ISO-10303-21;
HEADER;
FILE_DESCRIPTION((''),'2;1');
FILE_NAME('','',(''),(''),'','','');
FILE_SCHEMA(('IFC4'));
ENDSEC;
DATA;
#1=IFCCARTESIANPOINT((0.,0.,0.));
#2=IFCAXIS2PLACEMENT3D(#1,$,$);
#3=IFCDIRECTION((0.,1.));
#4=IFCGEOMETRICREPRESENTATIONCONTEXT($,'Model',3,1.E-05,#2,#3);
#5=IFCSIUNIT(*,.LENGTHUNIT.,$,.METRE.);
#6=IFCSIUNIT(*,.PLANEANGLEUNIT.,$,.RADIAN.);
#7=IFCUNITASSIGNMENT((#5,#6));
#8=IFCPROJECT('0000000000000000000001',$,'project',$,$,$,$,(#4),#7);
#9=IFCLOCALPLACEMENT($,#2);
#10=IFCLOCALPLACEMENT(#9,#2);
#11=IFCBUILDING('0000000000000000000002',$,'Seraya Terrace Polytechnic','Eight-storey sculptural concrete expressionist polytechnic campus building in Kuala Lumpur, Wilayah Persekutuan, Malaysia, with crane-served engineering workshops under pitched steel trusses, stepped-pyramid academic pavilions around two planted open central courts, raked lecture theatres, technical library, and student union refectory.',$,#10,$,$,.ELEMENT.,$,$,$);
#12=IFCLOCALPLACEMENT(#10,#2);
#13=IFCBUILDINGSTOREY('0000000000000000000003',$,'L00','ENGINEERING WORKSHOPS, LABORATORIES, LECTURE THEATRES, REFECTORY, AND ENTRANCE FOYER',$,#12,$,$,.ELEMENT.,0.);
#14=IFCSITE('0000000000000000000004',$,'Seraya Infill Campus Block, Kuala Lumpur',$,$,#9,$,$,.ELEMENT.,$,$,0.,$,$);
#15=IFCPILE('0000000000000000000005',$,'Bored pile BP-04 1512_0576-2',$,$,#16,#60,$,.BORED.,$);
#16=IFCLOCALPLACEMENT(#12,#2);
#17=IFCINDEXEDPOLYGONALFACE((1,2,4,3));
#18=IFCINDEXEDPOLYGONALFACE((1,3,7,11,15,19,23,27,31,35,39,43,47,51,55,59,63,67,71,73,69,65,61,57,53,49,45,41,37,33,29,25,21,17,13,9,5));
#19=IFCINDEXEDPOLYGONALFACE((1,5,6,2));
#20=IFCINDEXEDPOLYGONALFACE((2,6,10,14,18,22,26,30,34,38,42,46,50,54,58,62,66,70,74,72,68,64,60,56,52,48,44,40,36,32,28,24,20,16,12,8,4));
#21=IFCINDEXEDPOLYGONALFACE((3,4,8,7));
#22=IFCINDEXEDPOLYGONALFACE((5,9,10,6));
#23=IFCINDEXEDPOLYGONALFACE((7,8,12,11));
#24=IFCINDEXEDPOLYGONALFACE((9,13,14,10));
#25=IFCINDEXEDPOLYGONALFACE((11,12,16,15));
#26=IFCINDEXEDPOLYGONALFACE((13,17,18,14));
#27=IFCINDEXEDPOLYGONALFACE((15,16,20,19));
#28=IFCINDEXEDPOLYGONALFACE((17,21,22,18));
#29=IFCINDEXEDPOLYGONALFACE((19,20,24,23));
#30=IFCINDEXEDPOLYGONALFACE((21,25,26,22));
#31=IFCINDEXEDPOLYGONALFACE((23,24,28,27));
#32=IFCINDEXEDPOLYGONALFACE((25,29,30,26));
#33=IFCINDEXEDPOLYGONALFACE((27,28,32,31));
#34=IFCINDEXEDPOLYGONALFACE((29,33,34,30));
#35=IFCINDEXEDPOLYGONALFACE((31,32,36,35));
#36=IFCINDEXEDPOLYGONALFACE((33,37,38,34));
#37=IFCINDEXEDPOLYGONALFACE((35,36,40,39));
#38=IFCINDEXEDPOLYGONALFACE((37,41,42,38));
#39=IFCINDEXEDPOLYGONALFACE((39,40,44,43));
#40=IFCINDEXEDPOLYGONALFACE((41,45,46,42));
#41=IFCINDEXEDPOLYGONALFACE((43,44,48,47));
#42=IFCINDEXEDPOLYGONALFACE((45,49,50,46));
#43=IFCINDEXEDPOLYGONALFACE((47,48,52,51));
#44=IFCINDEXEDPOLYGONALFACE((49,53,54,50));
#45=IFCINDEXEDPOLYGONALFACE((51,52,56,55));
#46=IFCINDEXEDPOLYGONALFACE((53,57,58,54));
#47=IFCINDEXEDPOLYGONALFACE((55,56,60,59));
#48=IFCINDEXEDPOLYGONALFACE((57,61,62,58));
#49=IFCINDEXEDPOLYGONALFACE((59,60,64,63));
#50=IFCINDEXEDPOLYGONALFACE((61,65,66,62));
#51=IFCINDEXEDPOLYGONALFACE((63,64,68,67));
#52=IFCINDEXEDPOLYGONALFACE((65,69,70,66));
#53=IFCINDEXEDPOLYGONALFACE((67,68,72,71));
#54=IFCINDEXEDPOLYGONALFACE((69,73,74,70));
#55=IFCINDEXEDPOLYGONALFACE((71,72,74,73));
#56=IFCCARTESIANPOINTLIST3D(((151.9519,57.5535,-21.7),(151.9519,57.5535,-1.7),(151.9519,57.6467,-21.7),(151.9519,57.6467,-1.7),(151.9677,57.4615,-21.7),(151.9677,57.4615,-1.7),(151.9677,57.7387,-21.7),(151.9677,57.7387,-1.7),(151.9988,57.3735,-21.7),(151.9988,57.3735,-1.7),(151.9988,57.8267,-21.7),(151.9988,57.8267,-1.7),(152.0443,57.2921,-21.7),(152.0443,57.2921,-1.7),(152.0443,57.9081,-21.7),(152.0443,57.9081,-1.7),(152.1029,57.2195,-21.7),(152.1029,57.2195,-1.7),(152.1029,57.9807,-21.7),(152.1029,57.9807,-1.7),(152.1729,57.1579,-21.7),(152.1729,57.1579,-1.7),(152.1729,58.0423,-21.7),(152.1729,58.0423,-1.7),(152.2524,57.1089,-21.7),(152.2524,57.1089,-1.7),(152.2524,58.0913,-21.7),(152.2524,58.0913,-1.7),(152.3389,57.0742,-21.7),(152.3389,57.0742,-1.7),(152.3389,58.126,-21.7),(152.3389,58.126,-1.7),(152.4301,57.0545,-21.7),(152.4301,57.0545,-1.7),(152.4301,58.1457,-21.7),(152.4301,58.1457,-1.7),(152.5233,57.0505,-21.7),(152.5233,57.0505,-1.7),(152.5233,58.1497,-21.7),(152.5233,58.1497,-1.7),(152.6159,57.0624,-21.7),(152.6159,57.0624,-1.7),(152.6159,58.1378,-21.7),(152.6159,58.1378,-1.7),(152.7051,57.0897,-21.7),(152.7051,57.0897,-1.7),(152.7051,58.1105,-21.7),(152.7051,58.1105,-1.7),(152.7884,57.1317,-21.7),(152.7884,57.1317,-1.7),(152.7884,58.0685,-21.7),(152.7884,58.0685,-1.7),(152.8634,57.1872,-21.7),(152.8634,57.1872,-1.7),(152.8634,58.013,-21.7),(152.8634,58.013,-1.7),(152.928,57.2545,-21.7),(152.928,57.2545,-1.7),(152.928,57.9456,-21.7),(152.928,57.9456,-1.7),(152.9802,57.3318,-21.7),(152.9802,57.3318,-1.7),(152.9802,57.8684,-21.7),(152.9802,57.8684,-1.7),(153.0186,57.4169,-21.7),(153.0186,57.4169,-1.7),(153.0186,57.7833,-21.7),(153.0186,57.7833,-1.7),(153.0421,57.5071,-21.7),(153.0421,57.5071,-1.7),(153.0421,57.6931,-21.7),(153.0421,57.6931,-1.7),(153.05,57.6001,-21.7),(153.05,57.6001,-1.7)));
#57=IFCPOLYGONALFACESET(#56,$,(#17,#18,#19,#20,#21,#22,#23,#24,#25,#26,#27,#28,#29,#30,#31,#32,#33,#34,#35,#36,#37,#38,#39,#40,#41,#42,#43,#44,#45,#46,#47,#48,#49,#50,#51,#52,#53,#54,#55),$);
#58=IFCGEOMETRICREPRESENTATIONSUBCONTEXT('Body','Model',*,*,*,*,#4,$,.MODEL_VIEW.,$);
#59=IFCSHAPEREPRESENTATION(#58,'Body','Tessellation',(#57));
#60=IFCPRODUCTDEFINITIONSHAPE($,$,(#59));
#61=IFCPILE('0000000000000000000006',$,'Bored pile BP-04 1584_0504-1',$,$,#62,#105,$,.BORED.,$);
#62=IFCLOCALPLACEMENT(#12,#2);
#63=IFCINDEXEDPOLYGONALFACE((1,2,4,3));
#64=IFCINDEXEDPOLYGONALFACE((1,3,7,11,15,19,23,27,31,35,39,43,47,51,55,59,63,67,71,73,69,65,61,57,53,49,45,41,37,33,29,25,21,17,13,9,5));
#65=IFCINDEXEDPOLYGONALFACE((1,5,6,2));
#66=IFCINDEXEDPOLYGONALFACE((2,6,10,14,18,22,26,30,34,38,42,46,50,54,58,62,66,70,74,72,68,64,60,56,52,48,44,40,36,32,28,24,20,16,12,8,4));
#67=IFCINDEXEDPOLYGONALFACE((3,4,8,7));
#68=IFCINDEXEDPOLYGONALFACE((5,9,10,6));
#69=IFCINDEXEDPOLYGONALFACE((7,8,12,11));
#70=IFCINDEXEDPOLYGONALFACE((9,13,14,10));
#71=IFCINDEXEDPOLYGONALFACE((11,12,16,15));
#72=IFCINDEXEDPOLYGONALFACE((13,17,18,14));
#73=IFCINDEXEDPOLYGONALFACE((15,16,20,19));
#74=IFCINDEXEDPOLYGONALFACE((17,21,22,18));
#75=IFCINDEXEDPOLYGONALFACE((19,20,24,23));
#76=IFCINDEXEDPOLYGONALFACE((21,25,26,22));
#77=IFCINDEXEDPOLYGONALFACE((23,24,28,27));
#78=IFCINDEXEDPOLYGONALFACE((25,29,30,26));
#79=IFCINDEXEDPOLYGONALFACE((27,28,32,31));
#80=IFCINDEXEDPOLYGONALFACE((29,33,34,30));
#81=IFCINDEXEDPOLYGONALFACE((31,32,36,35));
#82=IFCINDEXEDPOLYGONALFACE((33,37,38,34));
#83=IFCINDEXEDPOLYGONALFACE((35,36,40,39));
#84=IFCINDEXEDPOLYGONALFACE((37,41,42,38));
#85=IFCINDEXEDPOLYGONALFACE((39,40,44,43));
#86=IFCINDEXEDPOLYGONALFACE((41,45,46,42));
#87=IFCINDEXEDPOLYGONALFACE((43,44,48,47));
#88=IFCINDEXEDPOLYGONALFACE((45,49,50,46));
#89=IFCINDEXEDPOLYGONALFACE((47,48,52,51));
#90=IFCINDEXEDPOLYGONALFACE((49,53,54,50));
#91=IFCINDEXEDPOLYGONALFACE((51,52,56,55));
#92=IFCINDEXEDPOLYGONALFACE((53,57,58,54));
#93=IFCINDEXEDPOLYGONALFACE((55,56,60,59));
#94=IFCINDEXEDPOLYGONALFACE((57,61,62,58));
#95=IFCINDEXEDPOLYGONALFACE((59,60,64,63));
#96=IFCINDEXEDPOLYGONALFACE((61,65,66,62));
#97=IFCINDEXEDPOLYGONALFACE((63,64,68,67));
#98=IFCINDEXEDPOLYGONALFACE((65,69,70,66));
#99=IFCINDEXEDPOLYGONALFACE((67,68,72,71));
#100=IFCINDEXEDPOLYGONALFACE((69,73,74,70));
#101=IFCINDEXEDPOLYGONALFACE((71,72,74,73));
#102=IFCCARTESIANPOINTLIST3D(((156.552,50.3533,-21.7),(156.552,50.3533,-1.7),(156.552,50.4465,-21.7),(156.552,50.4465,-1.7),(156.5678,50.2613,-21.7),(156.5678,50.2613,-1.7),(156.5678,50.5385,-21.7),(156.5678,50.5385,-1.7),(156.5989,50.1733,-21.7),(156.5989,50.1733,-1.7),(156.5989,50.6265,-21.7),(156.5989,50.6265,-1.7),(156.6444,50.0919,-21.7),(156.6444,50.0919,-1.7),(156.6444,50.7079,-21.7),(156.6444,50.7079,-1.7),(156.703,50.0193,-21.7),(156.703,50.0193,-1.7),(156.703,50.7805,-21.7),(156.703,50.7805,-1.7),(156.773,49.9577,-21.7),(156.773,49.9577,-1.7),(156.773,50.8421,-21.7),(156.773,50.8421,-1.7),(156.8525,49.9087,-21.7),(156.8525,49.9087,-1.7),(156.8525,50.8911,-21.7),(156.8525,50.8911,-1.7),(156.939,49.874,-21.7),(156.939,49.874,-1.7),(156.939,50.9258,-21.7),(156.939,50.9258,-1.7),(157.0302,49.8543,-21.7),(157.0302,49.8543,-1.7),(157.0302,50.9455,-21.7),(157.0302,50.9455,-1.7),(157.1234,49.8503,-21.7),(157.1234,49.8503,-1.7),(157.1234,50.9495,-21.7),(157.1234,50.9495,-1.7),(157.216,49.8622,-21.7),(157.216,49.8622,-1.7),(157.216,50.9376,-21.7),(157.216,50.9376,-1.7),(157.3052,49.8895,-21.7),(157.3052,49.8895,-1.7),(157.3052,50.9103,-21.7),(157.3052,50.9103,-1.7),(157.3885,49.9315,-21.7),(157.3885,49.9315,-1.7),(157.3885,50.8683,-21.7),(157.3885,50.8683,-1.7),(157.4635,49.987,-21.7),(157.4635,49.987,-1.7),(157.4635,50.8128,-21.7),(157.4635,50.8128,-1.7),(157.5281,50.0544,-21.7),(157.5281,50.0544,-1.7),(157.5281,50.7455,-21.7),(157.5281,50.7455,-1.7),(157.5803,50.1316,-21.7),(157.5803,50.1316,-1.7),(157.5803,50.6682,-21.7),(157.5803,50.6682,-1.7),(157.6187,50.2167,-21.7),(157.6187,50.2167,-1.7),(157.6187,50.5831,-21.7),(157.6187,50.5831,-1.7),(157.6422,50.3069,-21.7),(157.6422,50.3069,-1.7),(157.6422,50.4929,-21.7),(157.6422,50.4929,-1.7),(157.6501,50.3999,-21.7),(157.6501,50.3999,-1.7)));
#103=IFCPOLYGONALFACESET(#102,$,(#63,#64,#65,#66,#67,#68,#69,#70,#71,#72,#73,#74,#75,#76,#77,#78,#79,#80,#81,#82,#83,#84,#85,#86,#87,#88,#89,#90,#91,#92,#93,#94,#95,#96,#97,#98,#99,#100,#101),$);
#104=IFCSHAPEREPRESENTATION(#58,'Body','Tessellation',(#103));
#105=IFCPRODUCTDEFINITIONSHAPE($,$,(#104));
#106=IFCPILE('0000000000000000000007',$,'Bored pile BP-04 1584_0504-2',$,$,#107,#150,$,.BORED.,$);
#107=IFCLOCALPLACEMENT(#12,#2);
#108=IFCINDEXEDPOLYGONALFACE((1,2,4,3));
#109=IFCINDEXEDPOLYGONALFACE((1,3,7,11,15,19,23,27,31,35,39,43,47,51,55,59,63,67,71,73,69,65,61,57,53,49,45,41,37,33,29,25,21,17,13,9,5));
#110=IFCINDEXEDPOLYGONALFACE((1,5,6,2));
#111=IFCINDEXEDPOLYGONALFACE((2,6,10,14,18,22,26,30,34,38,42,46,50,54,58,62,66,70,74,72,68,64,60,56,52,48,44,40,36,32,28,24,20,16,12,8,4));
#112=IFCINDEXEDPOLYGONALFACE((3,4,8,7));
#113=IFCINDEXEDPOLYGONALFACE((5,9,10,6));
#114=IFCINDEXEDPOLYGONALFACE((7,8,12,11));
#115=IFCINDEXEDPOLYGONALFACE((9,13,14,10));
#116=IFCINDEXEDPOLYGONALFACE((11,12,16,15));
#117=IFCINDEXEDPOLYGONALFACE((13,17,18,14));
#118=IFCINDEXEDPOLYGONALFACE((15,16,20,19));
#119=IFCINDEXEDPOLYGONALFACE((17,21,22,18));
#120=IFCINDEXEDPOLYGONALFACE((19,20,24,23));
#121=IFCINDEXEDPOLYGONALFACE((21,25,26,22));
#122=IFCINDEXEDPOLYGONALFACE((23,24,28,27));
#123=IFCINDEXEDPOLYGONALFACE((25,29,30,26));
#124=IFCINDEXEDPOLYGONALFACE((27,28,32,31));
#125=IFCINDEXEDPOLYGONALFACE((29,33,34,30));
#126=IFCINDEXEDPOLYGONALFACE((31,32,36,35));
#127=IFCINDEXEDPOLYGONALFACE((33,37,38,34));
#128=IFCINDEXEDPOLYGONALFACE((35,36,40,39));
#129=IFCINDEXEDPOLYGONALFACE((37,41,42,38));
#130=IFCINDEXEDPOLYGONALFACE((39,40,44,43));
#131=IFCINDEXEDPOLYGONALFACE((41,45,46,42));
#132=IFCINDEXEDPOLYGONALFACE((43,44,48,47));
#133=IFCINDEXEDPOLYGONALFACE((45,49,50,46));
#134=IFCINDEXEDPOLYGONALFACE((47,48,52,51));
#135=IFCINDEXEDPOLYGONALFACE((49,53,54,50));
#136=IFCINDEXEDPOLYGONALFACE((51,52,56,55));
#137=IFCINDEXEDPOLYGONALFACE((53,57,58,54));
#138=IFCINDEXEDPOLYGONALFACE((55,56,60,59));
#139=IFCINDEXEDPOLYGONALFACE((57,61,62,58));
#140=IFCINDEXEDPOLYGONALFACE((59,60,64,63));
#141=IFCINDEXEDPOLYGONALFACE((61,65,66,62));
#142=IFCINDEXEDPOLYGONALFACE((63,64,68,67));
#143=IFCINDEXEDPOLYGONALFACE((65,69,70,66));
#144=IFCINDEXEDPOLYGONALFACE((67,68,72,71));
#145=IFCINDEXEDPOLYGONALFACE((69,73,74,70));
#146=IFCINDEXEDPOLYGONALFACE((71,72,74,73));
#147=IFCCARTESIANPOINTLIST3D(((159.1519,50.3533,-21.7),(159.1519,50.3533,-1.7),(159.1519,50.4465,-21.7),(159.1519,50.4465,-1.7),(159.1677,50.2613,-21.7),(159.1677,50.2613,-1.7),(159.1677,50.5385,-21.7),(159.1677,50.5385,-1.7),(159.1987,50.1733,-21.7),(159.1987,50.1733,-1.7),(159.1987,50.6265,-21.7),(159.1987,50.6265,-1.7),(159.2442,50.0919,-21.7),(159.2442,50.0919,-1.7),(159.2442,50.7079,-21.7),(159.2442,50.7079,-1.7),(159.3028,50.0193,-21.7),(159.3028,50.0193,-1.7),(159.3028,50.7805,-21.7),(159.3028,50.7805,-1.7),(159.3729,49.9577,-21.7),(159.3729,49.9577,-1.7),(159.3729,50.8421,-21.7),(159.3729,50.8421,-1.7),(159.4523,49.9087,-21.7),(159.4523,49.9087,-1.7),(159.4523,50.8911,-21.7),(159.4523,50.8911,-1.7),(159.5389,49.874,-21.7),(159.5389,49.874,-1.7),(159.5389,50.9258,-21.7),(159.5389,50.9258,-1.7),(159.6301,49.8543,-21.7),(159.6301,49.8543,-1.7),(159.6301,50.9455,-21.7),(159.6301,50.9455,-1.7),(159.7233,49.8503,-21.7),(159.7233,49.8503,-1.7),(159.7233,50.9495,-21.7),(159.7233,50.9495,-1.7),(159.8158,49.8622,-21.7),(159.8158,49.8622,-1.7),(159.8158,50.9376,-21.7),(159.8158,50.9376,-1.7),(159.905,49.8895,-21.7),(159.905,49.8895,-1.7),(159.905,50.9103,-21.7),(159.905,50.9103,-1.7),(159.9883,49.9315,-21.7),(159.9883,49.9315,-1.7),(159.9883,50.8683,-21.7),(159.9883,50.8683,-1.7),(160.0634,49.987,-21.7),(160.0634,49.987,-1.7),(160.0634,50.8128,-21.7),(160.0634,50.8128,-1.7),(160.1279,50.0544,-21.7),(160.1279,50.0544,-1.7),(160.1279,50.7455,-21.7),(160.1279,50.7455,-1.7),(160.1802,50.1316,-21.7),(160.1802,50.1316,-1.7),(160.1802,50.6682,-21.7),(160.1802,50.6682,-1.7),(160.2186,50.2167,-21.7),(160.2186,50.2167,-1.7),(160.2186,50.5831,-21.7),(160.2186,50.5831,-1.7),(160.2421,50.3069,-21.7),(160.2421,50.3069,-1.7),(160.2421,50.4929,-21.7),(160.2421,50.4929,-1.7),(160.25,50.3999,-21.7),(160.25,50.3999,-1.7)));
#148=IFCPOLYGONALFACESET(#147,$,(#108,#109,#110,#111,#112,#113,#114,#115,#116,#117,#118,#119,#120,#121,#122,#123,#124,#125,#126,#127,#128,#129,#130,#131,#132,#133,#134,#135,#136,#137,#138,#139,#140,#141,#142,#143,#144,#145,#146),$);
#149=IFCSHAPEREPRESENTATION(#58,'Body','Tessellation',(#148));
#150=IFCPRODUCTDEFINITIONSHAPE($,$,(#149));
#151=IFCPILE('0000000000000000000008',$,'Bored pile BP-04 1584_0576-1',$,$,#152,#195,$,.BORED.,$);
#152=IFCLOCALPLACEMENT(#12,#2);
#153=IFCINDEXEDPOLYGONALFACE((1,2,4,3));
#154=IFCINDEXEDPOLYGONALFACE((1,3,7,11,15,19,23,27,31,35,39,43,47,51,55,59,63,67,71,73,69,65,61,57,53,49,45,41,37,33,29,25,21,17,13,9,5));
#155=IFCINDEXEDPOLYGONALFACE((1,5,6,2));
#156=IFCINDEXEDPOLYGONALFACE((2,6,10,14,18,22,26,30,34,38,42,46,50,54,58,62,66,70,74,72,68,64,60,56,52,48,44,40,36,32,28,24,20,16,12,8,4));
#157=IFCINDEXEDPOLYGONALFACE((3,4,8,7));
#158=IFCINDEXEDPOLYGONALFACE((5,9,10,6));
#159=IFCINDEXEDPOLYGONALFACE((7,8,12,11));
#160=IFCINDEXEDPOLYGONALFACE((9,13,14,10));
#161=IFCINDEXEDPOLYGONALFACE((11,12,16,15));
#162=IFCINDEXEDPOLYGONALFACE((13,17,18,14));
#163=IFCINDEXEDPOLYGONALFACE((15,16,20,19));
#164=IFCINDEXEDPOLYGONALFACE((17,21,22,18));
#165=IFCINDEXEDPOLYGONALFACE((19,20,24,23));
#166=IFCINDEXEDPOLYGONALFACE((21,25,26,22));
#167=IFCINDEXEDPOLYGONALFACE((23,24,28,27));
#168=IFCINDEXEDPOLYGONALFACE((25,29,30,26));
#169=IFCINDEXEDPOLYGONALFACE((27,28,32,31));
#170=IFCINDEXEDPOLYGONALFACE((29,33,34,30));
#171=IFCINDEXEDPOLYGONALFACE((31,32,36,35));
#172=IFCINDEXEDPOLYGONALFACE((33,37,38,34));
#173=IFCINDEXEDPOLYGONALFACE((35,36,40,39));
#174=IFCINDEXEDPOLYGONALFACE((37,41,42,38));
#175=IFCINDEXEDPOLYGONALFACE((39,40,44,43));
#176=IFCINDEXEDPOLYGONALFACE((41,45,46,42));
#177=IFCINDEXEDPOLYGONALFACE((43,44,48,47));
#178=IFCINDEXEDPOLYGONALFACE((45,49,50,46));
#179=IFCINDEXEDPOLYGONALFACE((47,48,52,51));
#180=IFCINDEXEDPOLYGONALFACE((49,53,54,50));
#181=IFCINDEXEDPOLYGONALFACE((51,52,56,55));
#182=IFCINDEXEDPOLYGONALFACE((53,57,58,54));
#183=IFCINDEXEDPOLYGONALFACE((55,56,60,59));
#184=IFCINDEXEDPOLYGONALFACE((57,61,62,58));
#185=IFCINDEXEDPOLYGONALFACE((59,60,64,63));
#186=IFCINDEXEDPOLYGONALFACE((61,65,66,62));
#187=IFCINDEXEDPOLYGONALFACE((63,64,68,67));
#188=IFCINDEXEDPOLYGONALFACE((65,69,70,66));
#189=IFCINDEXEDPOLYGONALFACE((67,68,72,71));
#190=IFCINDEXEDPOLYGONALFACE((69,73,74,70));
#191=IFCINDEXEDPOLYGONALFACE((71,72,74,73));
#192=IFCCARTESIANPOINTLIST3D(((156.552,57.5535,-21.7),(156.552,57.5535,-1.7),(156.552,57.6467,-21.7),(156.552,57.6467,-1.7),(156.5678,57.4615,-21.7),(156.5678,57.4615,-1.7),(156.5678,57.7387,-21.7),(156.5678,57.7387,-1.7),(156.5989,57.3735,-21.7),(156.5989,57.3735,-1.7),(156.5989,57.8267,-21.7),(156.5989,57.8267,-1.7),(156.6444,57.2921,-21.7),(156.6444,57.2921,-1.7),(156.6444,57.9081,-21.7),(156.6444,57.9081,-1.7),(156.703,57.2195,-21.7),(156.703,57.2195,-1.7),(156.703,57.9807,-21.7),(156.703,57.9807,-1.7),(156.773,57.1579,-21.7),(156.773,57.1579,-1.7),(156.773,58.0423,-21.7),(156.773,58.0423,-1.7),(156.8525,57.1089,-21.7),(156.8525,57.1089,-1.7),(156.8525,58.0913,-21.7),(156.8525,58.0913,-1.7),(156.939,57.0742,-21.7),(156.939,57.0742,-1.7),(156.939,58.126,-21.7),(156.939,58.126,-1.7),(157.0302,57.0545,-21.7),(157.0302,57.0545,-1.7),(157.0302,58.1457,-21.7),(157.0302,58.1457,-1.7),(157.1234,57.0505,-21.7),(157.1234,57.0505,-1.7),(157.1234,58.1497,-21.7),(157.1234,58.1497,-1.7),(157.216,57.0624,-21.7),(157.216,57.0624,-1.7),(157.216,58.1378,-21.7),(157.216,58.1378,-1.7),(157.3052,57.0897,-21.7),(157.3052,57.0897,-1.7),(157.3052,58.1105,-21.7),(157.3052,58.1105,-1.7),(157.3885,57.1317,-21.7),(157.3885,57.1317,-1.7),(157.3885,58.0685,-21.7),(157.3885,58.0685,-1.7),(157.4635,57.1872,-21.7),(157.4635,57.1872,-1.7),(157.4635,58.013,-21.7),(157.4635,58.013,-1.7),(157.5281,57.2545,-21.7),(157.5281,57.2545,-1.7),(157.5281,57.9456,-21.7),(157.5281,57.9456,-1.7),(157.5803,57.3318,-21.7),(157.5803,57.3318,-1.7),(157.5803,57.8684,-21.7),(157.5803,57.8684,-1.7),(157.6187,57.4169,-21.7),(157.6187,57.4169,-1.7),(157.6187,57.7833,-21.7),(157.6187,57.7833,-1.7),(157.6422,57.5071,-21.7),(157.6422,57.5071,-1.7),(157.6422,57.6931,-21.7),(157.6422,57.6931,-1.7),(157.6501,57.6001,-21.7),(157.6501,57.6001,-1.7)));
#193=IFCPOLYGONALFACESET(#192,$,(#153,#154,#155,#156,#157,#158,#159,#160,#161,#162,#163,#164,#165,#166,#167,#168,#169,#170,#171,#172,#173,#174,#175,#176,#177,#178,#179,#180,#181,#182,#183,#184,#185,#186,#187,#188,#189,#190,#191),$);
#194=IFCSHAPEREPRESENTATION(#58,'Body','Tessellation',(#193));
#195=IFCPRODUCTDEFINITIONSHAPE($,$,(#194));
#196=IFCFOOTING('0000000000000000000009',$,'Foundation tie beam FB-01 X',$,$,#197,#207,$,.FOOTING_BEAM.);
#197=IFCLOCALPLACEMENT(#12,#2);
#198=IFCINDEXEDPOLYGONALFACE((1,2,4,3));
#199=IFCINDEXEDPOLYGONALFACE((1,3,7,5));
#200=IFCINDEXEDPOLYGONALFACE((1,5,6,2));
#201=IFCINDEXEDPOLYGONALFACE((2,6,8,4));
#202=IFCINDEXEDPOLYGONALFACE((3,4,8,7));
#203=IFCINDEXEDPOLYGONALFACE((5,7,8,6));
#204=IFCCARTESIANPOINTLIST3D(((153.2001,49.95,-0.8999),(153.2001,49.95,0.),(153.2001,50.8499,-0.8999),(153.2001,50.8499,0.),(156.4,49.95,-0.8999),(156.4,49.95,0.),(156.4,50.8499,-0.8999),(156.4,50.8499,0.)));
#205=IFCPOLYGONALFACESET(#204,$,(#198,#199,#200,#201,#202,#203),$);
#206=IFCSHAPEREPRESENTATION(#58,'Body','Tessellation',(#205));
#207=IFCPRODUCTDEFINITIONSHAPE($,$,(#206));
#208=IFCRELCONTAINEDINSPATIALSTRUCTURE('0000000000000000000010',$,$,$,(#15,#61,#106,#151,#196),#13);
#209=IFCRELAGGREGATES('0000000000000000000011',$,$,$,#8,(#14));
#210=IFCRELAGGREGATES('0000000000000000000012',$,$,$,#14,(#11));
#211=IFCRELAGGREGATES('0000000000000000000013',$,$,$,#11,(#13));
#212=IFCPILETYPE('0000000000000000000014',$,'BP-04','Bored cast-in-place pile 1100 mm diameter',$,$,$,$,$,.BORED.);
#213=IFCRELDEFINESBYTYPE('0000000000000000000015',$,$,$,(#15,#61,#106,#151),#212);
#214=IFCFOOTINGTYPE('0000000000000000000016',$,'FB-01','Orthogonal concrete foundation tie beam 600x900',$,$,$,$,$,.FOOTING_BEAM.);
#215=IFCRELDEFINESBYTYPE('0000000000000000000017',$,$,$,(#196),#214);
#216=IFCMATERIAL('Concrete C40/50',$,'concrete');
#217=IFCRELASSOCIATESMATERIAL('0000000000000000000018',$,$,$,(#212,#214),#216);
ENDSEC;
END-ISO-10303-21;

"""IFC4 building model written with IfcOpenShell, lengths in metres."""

from ifc_helpers import new_model, si_unit, direction, frame, origin, origin_2d, place, context, subcontext, project, spatial, rectangle, circle, extrude, material, material_profile, profile_set, type_object, element, save


model = new_model("IFC4")

# Units and contexts
model_context = context("Model", 3, precision=1e-05, world=origin(), true_north=direction((0.0, 1.0)))
body_context = subcontext(model_context, "Body", "Model", "MODEL_VIEW")
ifc_project = project(units=[si_unit("LENGTHUNIT", "METRE"), si_unit("PLANEANGLEUNIT", "RADIAN")], contexts=[model_context])

# Site, building, storey
site_placement = place(None, origin())
site = spatial("IfcSite", under=ifc_project, at=site_placement, Name="Seraya Infill Campus Block, Kuala Lumpur", CompositionType="ELEMENT", RefElevation=0.0)
building_placement = place(site_placement, origin())
building = spatial("IfcBuilding", under=site, at=building_placement, Name="Seraya Terrace Polytechnic", Description="Eight-storey sculptural concrete expressionist polytechnic campus building in Kuala Lumpur, Wilayah Persekutuan, Malaysia, with crane-served engineering workshops under pitched steel trusses, stepped-pyramid academic pavilions around two planted open central courts, raked lecture theatres, technical library, and student union refectory.", CompositionType="ELEMENT")
storey_placement = place(building_placement, origin())
storey = spatial("IfcBuildingStorey", under=building, at=storey_placement, Name="L00", Description="ENGINEERING WORKSHOPS, LABORATORIES, LECTURE THEATRES, REFECTORY, AND ENTRANCE FOYER", CompositionType="ELEMENT", Elevation=0.0)

# Piles
ifc_material_1 = material(Name="Concrete C40/50", Category="concrete")
ifc_material_profile_1 = material_profile(ifc_material_1, circle(Radius=0.55, at=origin_2d()), Name="DIA 1100")
ifc_profile_set_1 = profile_set([ifc_material_profile_1], Name="Concrete C40/50")
pile_type_1 = type_object("IfcPileType", Name="BP-04", Description="Bored cast-in-place pile 1100 mm diameter", PredefinedType="BORED", material=ifc_profile_set_1)
for number, where, z_axis, x_axis, name in (
    (1, (152.5, 57.6001, -1.7), (0.0, 0.0, -1.0), (1.0, 0.0, 0.0), "Bored pile BP-04 1512_0576-2"),
    (2, (157.1001, 50.3999, -1.7), (0.0, 0.0, -1.0), (1.0, 0.0, 0.0), "Bored pile BP-04 1584_0504-1"),
    (3, (159.7, 50.3999, -1.7), (0.0, 0.0, -1.0), (1.0, 0.0, 0.0), "Bored pile BP-04 1584_0504-2"),
    (4, (157.1001, 57.6001, -1.7), (0.0, 0.0, -1.0), (1.0, 0.0, 0.0), "Bored pile BP-04 1584_0576-1"),
):
    element("IfcPile", number, at=place(storey_placement, frame(where, z_axis=z_axis, x_axis=x_axis)), inside=storey, type_object=pile_type_1, Name=name, PredefinedType="BORED", context=body_context, shape_type="SweptSolid", body=[
        extrude(circle(Radius=0.55, at=origin_2d()), origin(), (0.0, 0.0, 1.0), 20.0),
    ])

# Footing
footing_type_1 = type_object("IfcFootingType", Name="FB-01", Description="Orthogonal concrete foundation tie beam 600x900", PredefinedType="FOOTING_BEAM", material=ifc_material_1)
for number, where, z_axis, x_axis, name in (
    (5, (154.8, 50.3999, -0.8999), (0.0, 0.0, 1.0), (1.0, 0.0, 0.0), "Foundation tie beam FB-01 X"),
):
    element("IfcFooting", number, at=place(storey_placement, frame(where, z_axis=z_axis, x_axis=x_axis)), inside=storey, type_object=footing_type_1, Name=name, PredefinedType="FOOTING_BEAM", context=body_context, shape_type="SweptSolid", body=[
        extrude(rectangle(XDim=3.2, YDim=0.8999, at=origin_2d()), origin(), (0.0, 0.0, 1.0), 0.8999),
    ])

save(model, "model.ifc")
